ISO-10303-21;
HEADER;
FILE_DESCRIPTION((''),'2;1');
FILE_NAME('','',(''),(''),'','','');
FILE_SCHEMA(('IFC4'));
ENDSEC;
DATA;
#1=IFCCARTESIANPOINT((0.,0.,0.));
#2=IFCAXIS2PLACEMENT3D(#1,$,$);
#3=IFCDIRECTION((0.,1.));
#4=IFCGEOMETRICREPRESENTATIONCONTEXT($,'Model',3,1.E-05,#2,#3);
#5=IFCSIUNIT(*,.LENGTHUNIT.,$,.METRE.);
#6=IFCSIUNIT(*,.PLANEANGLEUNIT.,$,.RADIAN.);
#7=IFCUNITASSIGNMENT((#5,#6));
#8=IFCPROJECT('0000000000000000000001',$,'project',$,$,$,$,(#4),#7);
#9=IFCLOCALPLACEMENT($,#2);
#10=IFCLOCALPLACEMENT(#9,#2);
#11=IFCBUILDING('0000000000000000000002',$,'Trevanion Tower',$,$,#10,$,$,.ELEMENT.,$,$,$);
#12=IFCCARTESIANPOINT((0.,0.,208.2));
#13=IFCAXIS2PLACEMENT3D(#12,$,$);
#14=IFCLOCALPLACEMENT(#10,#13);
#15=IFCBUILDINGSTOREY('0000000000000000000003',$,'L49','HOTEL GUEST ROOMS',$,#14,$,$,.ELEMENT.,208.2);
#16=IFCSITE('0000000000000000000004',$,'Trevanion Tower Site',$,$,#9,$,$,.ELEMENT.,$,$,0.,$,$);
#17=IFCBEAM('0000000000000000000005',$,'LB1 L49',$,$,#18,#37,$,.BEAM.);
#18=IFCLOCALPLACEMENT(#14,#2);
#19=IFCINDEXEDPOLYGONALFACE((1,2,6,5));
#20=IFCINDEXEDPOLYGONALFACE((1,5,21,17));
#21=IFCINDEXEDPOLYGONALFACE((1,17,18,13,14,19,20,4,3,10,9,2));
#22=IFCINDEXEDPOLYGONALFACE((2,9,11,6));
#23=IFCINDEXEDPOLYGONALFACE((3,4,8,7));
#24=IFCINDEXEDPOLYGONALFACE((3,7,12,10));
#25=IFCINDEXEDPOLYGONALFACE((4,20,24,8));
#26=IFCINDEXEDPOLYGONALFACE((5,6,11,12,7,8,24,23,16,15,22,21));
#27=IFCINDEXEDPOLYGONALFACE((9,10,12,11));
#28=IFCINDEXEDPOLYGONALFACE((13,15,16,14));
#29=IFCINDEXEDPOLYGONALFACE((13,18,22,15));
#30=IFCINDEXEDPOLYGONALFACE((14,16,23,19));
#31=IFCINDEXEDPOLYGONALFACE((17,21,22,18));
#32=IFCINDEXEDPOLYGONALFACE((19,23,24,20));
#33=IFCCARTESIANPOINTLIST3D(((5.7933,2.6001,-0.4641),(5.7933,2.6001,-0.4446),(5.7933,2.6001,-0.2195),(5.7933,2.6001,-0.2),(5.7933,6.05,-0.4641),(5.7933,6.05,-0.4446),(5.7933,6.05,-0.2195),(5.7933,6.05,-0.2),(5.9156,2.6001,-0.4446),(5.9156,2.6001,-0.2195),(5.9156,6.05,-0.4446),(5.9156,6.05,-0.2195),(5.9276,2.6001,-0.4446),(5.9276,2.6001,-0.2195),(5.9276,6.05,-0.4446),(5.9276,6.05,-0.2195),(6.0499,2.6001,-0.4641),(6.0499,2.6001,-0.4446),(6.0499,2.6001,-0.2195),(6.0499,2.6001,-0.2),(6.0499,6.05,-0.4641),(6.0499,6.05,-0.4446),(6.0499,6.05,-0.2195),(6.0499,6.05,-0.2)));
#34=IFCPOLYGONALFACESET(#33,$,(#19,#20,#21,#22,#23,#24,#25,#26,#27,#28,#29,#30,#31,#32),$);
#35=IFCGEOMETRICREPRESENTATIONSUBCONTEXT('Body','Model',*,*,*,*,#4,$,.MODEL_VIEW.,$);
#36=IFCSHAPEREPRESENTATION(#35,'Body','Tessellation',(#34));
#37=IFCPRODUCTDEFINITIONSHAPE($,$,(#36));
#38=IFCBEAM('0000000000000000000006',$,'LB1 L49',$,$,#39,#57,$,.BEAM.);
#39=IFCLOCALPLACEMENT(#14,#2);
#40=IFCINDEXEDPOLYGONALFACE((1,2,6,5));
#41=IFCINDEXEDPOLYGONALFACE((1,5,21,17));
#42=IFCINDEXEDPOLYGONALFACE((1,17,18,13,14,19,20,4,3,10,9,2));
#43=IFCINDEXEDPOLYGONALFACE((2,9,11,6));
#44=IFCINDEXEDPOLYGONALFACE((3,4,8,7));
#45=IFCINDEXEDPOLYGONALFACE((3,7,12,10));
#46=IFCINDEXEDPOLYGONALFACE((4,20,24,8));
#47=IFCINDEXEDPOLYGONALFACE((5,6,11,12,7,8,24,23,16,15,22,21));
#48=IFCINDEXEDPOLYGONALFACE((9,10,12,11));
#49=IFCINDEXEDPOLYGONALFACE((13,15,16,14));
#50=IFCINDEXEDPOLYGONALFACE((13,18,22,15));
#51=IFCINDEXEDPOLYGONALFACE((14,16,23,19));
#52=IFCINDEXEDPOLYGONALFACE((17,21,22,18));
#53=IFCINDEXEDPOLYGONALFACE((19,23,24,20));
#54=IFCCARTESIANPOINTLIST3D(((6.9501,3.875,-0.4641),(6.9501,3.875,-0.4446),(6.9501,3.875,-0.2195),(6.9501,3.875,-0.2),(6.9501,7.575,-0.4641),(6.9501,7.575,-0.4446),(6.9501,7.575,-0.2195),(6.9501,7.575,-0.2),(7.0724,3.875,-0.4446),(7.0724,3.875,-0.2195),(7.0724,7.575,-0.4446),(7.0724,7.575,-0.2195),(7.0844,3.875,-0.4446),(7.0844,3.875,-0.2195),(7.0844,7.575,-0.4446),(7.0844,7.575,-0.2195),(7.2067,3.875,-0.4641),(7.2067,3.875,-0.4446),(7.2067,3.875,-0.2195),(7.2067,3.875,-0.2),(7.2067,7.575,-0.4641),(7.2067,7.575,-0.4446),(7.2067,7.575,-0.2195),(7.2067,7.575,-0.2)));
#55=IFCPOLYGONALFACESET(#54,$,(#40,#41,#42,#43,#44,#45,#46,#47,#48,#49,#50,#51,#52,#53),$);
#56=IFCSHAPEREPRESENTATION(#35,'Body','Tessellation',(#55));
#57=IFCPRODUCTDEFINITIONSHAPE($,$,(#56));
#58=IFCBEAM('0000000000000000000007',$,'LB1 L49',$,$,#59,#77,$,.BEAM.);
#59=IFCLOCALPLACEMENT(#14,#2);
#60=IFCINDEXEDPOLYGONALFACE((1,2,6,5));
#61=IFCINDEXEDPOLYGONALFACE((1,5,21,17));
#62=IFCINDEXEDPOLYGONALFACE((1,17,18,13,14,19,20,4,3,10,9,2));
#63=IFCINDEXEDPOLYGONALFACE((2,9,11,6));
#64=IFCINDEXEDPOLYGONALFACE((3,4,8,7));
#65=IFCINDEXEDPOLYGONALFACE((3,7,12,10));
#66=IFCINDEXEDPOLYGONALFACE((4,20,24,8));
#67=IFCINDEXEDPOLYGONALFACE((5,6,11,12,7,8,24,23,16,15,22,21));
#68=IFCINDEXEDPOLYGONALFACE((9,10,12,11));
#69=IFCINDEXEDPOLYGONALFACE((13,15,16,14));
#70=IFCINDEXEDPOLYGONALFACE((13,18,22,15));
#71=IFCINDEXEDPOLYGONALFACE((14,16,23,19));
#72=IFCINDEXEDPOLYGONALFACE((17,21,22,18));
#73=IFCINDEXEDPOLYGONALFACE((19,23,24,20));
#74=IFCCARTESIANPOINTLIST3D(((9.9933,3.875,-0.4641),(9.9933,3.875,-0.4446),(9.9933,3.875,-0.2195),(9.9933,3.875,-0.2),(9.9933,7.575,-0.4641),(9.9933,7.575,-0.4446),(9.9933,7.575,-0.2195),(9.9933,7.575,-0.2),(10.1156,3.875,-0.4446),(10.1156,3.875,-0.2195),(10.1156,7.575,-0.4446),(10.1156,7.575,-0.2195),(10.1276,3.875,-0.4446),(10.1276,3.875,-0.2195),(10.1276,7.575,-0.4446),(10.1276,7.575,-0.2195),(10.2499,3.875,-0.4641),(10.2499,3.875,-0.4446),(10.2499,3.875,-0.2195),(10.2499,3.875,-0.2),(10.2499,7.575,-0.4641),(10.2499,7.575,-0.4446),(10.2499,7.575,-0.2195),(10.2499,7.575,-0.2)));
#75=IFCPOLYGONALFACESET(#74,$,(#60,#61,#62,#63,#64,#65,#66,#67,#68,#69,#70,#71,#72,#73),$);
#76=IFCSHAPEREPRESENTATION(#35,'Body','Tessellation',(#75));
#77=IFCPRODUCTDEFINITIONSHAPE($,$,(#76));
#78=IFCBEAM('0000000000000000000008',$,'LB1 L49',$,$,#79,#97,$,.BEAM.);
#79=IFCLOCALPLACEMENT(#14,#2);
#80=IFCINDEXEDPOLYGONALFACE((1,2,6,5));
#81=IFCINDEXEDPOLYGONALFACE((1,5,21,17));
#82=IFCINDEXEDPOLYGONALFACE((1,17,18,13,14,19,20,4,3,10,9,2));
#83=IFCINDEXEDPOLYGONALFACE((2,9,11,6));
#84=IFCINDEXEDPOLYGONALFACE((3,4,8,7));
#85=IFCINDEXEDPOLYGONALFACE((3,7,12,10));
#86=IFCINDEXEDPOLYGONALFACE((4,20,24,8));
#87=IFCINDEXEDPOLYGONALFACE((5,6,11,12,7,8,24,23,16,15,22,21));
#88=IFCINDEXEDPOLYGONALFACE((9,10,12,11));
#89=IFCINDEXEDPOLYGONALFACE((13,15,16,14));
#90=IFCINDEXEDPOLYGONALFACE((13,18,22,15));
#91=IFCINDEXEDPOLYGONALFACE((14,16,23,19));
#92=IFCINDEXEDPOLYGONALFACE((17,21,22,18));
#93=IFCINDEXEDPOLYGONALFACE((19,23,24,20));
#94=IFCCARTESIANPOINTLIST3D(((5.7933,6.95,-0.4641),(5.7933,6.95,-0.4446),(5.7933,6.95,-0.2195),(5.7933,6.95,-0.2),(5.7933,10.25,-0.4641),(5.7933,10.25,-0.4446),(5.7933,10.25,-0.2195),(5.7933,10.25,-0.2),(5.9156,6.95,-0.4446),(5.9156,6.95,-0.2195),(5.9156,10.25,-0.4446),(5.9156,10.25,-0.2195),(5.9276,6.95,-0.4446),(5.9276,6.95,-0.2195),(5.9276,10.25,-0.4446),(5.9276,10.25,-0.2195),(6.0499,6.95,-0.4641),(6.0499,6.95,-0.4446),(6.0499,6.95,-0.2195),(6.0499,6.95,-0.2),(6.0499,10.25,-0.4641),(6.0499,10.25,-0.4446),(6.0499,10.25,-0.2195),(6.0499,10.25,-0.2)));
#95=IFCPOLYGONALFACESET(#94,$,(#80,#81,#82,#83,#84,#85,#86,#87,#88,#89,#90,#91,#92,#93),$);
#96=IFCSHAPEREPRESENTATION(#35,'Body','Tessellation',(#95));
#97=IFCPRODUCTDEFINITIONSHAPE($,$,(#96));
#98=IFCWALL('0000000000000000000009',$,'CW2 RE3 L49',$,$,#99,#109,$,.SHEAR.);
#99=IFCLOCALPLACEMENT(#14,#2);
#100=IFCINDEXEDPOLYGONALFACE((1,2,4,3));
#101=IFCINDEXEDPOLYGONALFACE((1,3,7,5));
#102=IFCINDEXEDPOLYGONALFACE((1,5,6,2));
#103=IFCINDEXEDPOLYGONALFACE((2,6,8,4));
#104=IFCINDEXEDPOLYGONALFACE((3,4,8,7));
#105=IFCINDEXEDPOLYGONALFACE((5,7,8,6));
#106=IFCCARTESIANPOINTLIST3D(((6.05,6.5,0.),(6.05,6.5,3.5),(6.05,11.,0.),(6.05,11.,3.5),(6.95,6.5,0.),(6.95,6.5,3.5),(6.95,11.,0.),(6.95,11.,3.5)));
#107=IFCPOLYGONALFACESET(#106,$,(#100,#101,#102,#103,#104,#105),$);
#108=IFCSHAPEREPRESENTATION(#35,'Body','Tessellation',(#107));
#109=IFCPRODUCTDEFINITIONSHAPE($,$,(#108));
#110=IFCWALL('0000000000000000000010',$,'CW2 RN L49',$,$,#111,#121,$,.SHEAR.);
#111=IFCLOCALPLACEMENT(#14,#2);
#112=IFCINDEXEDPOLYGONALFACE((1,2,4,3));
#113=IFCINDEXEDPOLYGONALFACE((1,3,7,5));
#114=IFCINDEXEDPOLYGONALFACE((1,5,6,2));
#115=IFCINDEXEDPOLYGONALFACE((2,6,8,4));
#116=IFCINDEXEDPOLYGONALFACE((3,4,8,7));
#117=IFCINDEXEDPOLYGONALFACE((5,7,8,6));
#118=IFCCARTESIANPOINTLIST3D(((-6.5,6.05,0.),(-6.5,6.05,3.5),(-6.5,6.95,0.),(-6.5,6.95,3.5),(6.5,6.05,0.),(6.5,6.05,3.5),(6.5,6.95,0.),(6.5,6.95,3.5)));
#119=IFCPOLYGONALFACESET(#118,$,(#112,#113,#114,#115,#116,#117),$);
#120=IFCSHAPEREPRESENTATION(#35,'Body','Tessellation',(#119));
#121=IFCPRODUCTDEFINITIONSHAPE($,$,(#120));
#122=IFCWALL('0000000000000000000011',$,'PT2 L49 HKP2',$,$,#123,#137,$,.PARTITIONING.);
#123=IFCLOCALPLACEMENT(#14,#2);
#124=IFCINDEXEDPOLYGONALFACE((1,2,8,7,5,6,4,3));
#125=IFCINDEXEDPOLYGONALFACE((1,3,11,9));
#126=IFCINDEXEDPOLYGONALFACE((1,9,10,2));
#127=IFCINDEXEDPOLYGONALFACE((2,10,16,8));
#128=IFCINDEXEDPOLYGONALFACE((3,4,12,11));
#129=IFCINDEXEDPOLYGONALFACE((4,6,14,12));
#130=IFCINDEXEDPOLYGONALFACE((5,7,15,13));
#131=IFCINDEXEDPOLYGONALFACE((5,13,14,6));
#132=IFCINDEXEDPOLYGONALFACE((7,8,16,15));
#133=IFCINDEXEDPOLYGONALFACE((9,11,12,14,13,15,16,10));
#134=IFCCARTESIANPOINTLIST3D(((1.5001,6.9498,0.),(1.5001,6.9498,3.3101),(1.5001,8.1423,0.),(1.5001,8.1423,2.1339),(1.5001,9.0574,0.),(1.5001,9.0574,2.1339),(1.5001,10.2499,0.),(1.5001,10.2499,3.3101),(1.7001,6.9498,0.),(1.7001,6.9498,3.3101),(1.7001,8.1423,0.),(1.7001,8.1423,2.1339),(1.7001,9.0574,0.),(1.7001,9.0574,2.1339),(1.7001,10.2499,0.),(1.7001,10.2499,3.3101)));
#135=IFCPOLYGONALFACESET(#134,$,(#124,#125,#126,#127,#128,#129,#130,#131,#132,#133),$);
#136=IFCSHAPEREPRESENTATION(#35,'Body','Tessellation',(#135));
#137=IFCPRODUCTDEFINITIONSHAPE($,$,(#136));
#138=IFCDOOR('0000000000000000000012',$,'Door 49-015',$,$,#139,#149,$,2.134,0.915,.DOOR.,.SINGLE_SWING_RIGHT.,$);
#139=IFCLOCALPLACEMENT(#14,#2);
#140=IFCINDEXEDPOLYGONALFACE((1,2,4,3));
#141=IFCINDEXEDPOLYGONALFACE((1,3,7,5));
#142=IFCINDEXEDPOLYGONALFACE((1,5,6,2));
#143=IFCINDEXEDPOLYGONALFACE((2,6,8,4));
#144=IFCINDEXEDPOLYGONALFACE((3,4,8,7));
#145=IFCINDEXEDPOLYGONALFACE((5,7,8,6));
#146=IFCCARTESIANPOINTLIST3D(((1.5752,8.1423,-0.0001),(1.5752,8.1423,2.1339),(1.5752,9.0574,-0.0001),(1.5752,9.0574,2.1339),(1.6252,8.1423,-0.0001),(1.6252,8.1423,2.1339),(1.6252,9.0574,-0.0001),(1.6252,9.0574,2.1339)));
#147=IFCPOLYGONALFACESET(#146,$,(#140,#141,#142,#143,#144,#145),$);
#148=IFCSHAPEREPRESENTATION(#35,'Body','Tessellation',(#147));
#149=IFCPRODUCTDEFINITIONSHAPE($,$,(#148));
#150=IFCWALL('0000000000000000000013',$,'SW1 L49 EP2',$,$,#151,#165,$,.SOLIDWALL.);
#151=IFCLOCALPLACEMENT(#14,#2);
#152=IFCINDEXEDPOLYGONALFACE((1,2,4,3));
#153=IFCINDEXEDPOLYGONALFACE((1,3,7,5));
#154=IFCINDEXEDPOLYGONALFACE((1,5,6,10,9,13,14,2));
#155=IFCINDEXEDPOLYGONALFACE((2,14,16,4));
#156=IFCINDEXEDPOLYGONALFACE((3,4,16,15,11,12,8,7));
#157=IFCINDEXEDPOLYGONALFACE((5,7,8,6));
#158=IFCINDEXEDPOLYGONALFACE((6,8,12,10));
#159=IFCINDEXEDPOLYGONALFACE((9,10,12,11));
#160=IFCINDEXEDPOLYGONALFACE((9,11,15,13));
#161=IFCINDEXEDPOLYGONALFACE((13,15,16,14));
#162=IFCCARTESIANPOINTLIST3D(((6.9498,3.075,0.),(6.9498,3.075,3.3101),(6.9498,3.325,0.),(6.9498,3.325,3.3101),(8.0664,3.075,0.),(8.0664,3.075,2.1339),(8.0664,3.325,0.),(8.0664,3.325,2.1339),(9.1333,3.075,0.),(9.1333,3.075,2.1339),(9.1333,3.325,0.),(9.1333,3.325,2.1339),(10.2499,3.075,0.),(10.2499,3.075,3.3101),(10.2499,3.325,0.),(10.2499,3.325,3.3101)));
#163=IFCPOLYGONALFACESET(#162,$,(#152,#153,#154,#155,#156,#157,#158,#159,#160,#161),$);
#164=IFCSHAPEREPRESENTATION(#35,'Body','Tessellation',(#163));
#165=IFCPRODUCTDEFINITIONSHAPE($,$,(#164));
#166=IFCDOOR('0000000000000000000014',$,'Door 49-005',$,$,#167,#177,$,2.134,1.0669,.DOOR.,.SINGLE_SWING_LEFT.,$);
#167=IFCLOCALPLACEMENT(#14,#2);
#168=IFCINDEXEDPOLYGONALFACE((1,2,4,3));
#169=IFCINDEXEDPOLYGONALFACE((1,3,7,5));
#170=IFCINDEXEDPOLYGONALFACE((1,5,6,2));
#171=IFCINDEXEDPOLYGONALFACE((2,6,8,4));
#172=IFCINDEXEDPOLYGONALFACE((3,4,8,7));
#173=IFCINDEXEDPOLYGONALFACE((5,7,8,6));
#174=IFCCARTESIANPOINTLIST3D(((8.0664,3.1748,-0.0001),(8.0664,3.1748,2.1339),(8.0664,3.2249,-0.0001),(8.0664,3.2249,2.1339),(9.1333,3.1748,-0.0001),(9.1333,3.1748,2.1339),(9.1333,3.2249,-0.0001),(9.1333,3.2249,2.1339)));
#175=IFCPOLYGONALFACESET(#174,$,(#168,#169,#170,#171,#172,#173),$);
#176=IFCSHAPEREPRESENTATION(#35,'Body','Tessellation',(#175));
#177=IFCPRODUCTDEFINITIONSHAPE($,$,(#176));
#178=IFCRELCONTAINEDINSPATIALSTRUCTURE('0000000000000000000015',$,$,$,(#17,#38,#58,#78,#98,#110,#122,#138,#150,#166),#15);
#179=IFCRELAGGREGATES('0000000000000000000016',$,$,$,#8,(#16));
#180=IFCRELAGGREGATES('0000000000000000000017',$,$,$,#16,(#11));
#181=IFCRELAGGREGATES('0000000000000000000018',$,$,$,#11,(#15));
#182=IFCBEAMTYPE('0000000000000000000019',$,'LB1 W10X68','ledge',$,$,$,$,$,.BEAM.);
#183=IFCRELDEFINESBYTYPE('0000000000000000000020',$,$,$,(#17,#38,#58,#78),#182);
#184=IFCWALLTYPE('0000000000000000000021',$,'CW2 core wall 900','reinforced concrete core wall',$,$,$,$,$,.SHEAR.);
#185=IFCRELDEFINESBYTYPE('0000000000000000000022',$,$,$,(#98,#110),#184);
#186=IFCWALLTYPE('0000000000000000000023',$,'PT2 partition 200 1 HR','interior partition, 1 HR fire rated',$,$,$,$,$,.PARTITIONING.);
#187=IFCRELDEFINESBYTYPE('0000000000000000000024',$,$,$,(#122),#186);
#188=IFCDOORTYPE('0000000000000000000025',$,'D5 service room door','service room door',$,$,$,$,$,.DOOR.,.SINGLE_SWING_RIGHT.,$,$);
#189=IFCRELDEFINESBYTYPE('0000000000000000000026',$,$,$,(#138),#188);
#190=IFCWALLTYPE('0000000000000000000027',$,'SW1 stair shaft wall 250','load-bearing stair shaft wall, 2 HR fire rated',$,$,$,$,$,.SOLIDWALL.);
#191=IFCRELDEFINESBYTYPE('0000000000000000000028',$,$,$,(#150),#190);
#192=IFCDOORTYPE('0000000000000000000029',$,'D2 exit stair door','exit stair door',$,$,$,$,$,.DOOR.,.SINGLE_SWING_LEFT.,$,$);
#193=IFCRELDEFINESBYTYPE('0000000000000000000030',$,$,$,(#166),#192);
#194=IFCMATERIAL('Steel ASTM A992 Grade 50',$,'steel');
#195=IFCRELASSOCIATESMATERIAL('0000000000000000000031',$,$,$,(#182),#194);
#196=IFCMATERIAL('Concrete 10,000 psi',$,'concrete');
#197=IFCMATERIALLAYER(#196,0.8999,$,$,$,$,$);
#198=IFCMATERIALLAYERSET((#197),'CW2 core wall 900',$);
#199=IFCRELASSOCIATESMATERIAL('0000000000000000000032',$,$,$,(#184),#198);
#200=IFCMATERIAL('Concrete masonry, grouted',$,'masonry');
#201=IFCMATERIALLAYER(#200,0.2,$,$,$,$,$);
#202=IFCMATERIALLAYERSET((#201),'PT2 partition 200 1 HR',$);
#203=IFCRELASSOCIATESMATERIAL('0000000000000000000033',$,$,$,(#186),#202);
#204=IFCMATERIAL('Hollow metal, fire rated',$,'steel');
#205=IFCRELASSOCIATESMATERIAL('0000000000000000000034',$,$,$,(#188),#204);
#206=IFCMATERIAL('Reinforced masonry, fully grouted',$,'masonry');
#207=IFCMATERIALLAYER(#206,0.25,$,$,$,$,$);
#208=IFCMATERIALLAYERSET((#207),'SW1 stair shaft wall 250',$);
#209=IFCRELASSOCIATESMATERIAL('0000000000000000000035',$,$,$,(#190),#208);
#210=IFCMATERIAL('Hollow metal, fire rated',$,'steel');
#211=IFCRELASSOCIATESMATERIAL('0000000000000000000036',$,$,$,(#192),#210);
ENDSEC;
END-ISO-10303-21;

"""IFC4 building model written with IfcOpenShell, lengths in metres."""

from ifc_helpers import new_model, si_unit, direction, frame, frame_2d, origin, origin_2d, place, context, subcontext, project, spatial, rectangle, i_section, extrude, material, layer, layer_set, material_profile, profile_set, type_object, element, fill, save


model = new_model("IFC4")

# Units and contexts
model_context = context("Model", 3, precision=1e-05, world=origin(), true_north=direction((0.0, 1.0)))
body_context = subcontext(model_context, "Body", "Model", "MODEL_VIEW")
ifc_project = project(units=[si_unit("LENGTHUNIT", "METRE"), si_unit("PLANEANGLEUNIT", "RADIAN")], contexts=[model_context])

# Site, building, storey
site_placement = place(None, origin())
site = spatial("IfcSite", under=ifc_project, at=site_placement, Name="Trevanion Tower Site", CompositionType="ELEMENT", RefElevation=0.0)
building_placement = place(site_placement, origin())
building = spatial("IfcBuilding", under=site, at=building_placement, Name="Trevanion Tower", CompositionType="ELEMENT")
storey_placement = place(building_placement, frame((0.0, 0.0, 208.2)))
storey = spatial("IfcBuildingStorey", under=building, at=storey_placement, Name="L49", Description="HOTEL GUEST ROOMS", CompositionType="ELEMENT", Elevation=208.2)

# Beams
ifc_material_1 = material(Name="Steel ASTM A992 Grade 50", Category="steel")
ifc_material_profile = material_profile(ifc_material_1, i_section(OverallWidth=0.2566, OverallDepth=0.2642, WebThickness=0.012, FlangeThickness=0.0195, at=origin_2d()), Name="W10X68")
ifc_profile_set = profile_set([ifc_material_profile], Name="Steel ASTM A992 Grade 50")
beam_type = type_object("IfcBeamType", Name="LB1 W10X68", Description="ledge", PredefinedType="BEAM", material=ifc_profile_set)
beam_1_placement = place(storey_placement, frame((5.9216, 2.6001, -0.332), z_axis=(0.0, 1.0, 0.0), x_axis=(-1.0, 0.0, 0.0)))
element("IfcBeam", 1, at=beam_1_placement, inside=storey, type_object=beam_type, Name="LB1 L49", PredefinedType="BEAM", context=body_context, shape_type="SweptSolid", body=[
    extrude(i_section(OverallWidth=0.2566, OverallDepth=0.2642, WebThickness=0.012, FlangeThickness=0.0195, at=origin_2d()), origin(), (0.0, 0.0, 1.0), 3.45),
])
for number, where, z_axis, x_axis, name in (
    (2, (7.0784, 3.875, -0.332), (0.0, 1.0, 0.0), (-1.0, 0.0, 0.0), "LB1 L49"),
    (3, (10.1216, 3.875, -0.332), (0.0, 1.0, 0.0), (-1.0, 0.0, 0.0), "LB1 L49"),
):
    element("IfcBeam", number, at=place(storey_placement, frame(where, z_axis=z_axis, x_axis=x_axis)), inside=storey, type_object=beam_type, Name=name, PredefinedType="BEAM", context=body_context, shape_type="SweptSolid", body=[
        extrude(i_section(OverallWidth=0.2566, OverallDepth=0.2642, WebThickness=0.012, FlangeThickness=0.0195, at=origin_2d()), origin(), (0.0, 0.0, 1.0), 3.7),
    ])
beam_2_placement = place(storey_placement, frame((5.9216, 6.95, -0.332), z_axis=(0.0, 1.0, 0.0), x_axis=(-1.0, 0.0, 0.0)))
element("IfcBeam", 4, at=beam_2_placement, inside=storey, type_object=beam_type, Name="LB1 L49", PredefinedType="BEAM", context=body_context, shape_type="SweptSolid", body=[
    extrude(i_section(OverallWidth=0.2566, OverallDepth=0.2642, WebThickness=0.012, FlangeThickness=0.0195, at=origin_2d()), origin(), (0.0, 0.0, 1.0), 3.3),
])

# Walls
ifc_material_2 = material(Name="Concrete 10,000 psi", Category="concrete")
ifc_layer_1 = layer(ifc_material_2, 0.8999)
ifc_layer_set_1 = layer_set([ifc_layer_1], Name="CW2 core wall 900")
wall_type_1 = type_object("IfcWallType", Name="CW2 core wall 900", Description="reinforced concrete core wall", PredefinedType="SHEAR", material=ifc_layer_set_1)
wall_1_placement = place(storey_placement, frame((6.5, 6.5, 0.0), z_axis=(0.0, 0.0, 1.0), x_axis=(0.0, 1.0, 0.0)))
element("IfcWall", 5, at=wall_1_placement, inside=storey, type_object=wall_type_1, Name="CW2 RE3 L49", PredefinedType="SHEAR", context=body_context, shape_type="SweptSolid", body=[
    extrude(rectangle(XDim=4.5, YDim=0.8999, at=frame_2d((2.25, 0.0))), origin(), (0.0, 0.0, 1.0), 3.5),
])
wall_2_placement = place(storey_placement, frame((6.5, 6.5, 0.0), z_axis=(0.0, 0.0, 1.0), x_axis=(-1.0, 0.0, 0.0)))
element("IfcWall", 6, at=wall_2_placement, inside=storey, type_object=wall_type_1, Name="CW2 RN L49", PredefinedType="SHEAR", context=body_context, shape_type="SweptSolid", body=[
    extrude(rectangle(XDim=13.0, YDim=0.8999, at=frame_2d((6.5, 0.0))), origin(), (0.0, 0.0, 1.0), 3.5),
])

# Walls, openings, doors
ifc_material_3 = material(Name="Concrete masonry, grouted", Category="masonry")
ifc_layer_2 = layer(ifc_material_3, 0.2)
ifc_layer_set_2 = layer_set([ifc_layer_2], Name="PT2 partition 200 1 HR")
wall_type_2 = type_object("IfcWallType", Name="PT2 partition 200 1 HR", Description="interior partition, 1 HR fire rated", PredefinedType="PARTITIONING", material=ifc_layer_set_2)
wall_3_placement = place(storey_placement, frame((1.6001, 6.95, 0.0), z_axis=(0.0, 0.0, 1.0), x_axis=(0.0, 1.0, 0.0)))
wall_3 = element("IfcWall", 7, at=wall_3_placement, inside=storey, type_object=wall_type_2, Name="PT2 L49 HKP2", PredefinedType="PARTITIONING", context=body_context, shape_type="SweptSolid", body=[
    extrude(rectangle(XDim=3.3, YDim=0.2, at=frame_2d((1.6499, 0.0))), origin(), (0.0, 0.0, 1.0), 3.3101),
])
opening_1_placement = place(wall_3_placement, frame((1.1924, 0.0, 0.0)))
opening_1 = element("IfcOpeningElement", 8, at=opening_1_placement, cuts=wall_3, PredefinedType="OPENING", context=body_context, shape_type="SweptSolid", body=[
    extrude(rectangle(XDim=0.915, YDim=2.134, at=frame_2d((0.4575, 1.0669))), frame((0.0, 0.1099, 0.0), z_axis=(0.0, -1.0, 0.0), x_axis=(1.0, 0.0, 0.0)), (0.0, 0.0, 1.0), 0.22),
])
ifc_material_4 = material(Name="Hollow metal, fire rated", Category="steel")
door_type_1 = type_object("IfcDoorType", Name="D5 service room door", Description="service room door", OperationType="SINGLE_SWING_RIGHT", PredefinedType="DOOR", material=ifc_material_4)
door_1_placement = place(opening_1_placement, origin())
door_1 = element("IfcDoor", 9, at=door_1_placement, inside=storey, type_object=door_type_1, Name="Door 49-015", OperationType="SINGLE_SWING_RIGHT", OverallHeight=2.134, OverallWidth=0.915, PredefinedType="DOOR", context=body_context, shape_type="SweptSolid", body=[
    extrude(rectangle(XDim=0.915, YDim=2.134, at=frame_2d((0.4575, 1.0669))), frame((0.0, 0.0249, 0.0), z_axis=(0.0, -1.0, 0.0), x_axis=(1.0, 0.0, 0.0)), (0.0, 0.0, 1.0), 0.05),
])
fill(opening_1, door_1)
ifc_material_5 = material(Name="Reinforced masonry, fully grouted", Category="masonry")
ifc_layer_3 = layer(ifc_material_5, 0.25)
ifc_layer_set_3 = layer_set([ifc_layer_3], Name="SW1 stair shaft wall 250")
wall_type_3 = type_object("IfcWallType", Name="SW1 stair shaft wall 250", Description="load-bearing stair shaft wall, 2 HR fire rated", PredefinedType="SOLIDWALL", material=ifc_layer_set_3)
wall_4_placement = place(storey_placement, frame((6.95, 3.2, 0.0), z_axis=(0.0, 0.0, 1.0), x_axis=(1.0, 0.0, 0.0)))
wall_4 = element("IfcWall", 10, at=wall_4_placement, inside=storey, type_object=wall_type_3, Name="SW1 L49 EP2", PredefinedType="SOLIDWALL", context=body_context, shape_type="SweptSolid", body=[
    extrude(rectangle(XDim=3.3, YDim=0.25, at=frame_2d((1.6499, 0.0))), origin(), (0.0, 0.0, 1.0), 3.3101),
])
opening_2_placement = place(wall_4_placement, frame((1.1165, 0.0, 0.0)))
opening_2 = element("IfcOpeningElement", 11, at=opening_2_placement, cuts=wall_4, PredefinedType="OPENING", context=body_context, shape_type="SweptSolid", body=[
    extrude(rectangle(XDim=1.0669, YDim=2.134, at=frame_2d((0.5334, 1.0669))), frame((0.0, 0.135, 0.0), z_axis=(0.0, -1.0, 0.0), x_axis=(1.0, 0.0, 0.0)), (0.0, 0.0, 1.0), 0.27),
])
ifc_material_6 = material(Name="Hollow metal, fire rated", Category="steel")
door_type_2 = type_object("IfcDoorType", Name="D2 exit stair door", Description="exit stair door", OperationType="SINGLE_SWING_LEFT", PredefinedType="DOOR", material=ifc_material_6)
door_2_placement = place(opening_2_placement, origin())
door_2 = element("IfcDoor", 12, at=door_2_placement, inside=storey, type_object=door_type_2, Name="Door 49-005", OperationType="SINGLE_SWING_LEFT", OverallHeight=2.134, OverallWidth=1.0669, PredefinedType="DOOR", context=body_context, shape_type="SweptSolid", body=[
    extrude(rectangle(XDim=1.0669, YDim=2.134, at=frame_2d((0.5334, 1.0669))), frame((0.0, 0.0249, 0.0), z_axis=(0.0, -1.0, 0.0), x_axis=(1.0, 0.0, 0.0)), (0.0, 0.0, 1.0), 0.05),
])
fill(opening_2, door_2)

save(model, "model.ifc")
